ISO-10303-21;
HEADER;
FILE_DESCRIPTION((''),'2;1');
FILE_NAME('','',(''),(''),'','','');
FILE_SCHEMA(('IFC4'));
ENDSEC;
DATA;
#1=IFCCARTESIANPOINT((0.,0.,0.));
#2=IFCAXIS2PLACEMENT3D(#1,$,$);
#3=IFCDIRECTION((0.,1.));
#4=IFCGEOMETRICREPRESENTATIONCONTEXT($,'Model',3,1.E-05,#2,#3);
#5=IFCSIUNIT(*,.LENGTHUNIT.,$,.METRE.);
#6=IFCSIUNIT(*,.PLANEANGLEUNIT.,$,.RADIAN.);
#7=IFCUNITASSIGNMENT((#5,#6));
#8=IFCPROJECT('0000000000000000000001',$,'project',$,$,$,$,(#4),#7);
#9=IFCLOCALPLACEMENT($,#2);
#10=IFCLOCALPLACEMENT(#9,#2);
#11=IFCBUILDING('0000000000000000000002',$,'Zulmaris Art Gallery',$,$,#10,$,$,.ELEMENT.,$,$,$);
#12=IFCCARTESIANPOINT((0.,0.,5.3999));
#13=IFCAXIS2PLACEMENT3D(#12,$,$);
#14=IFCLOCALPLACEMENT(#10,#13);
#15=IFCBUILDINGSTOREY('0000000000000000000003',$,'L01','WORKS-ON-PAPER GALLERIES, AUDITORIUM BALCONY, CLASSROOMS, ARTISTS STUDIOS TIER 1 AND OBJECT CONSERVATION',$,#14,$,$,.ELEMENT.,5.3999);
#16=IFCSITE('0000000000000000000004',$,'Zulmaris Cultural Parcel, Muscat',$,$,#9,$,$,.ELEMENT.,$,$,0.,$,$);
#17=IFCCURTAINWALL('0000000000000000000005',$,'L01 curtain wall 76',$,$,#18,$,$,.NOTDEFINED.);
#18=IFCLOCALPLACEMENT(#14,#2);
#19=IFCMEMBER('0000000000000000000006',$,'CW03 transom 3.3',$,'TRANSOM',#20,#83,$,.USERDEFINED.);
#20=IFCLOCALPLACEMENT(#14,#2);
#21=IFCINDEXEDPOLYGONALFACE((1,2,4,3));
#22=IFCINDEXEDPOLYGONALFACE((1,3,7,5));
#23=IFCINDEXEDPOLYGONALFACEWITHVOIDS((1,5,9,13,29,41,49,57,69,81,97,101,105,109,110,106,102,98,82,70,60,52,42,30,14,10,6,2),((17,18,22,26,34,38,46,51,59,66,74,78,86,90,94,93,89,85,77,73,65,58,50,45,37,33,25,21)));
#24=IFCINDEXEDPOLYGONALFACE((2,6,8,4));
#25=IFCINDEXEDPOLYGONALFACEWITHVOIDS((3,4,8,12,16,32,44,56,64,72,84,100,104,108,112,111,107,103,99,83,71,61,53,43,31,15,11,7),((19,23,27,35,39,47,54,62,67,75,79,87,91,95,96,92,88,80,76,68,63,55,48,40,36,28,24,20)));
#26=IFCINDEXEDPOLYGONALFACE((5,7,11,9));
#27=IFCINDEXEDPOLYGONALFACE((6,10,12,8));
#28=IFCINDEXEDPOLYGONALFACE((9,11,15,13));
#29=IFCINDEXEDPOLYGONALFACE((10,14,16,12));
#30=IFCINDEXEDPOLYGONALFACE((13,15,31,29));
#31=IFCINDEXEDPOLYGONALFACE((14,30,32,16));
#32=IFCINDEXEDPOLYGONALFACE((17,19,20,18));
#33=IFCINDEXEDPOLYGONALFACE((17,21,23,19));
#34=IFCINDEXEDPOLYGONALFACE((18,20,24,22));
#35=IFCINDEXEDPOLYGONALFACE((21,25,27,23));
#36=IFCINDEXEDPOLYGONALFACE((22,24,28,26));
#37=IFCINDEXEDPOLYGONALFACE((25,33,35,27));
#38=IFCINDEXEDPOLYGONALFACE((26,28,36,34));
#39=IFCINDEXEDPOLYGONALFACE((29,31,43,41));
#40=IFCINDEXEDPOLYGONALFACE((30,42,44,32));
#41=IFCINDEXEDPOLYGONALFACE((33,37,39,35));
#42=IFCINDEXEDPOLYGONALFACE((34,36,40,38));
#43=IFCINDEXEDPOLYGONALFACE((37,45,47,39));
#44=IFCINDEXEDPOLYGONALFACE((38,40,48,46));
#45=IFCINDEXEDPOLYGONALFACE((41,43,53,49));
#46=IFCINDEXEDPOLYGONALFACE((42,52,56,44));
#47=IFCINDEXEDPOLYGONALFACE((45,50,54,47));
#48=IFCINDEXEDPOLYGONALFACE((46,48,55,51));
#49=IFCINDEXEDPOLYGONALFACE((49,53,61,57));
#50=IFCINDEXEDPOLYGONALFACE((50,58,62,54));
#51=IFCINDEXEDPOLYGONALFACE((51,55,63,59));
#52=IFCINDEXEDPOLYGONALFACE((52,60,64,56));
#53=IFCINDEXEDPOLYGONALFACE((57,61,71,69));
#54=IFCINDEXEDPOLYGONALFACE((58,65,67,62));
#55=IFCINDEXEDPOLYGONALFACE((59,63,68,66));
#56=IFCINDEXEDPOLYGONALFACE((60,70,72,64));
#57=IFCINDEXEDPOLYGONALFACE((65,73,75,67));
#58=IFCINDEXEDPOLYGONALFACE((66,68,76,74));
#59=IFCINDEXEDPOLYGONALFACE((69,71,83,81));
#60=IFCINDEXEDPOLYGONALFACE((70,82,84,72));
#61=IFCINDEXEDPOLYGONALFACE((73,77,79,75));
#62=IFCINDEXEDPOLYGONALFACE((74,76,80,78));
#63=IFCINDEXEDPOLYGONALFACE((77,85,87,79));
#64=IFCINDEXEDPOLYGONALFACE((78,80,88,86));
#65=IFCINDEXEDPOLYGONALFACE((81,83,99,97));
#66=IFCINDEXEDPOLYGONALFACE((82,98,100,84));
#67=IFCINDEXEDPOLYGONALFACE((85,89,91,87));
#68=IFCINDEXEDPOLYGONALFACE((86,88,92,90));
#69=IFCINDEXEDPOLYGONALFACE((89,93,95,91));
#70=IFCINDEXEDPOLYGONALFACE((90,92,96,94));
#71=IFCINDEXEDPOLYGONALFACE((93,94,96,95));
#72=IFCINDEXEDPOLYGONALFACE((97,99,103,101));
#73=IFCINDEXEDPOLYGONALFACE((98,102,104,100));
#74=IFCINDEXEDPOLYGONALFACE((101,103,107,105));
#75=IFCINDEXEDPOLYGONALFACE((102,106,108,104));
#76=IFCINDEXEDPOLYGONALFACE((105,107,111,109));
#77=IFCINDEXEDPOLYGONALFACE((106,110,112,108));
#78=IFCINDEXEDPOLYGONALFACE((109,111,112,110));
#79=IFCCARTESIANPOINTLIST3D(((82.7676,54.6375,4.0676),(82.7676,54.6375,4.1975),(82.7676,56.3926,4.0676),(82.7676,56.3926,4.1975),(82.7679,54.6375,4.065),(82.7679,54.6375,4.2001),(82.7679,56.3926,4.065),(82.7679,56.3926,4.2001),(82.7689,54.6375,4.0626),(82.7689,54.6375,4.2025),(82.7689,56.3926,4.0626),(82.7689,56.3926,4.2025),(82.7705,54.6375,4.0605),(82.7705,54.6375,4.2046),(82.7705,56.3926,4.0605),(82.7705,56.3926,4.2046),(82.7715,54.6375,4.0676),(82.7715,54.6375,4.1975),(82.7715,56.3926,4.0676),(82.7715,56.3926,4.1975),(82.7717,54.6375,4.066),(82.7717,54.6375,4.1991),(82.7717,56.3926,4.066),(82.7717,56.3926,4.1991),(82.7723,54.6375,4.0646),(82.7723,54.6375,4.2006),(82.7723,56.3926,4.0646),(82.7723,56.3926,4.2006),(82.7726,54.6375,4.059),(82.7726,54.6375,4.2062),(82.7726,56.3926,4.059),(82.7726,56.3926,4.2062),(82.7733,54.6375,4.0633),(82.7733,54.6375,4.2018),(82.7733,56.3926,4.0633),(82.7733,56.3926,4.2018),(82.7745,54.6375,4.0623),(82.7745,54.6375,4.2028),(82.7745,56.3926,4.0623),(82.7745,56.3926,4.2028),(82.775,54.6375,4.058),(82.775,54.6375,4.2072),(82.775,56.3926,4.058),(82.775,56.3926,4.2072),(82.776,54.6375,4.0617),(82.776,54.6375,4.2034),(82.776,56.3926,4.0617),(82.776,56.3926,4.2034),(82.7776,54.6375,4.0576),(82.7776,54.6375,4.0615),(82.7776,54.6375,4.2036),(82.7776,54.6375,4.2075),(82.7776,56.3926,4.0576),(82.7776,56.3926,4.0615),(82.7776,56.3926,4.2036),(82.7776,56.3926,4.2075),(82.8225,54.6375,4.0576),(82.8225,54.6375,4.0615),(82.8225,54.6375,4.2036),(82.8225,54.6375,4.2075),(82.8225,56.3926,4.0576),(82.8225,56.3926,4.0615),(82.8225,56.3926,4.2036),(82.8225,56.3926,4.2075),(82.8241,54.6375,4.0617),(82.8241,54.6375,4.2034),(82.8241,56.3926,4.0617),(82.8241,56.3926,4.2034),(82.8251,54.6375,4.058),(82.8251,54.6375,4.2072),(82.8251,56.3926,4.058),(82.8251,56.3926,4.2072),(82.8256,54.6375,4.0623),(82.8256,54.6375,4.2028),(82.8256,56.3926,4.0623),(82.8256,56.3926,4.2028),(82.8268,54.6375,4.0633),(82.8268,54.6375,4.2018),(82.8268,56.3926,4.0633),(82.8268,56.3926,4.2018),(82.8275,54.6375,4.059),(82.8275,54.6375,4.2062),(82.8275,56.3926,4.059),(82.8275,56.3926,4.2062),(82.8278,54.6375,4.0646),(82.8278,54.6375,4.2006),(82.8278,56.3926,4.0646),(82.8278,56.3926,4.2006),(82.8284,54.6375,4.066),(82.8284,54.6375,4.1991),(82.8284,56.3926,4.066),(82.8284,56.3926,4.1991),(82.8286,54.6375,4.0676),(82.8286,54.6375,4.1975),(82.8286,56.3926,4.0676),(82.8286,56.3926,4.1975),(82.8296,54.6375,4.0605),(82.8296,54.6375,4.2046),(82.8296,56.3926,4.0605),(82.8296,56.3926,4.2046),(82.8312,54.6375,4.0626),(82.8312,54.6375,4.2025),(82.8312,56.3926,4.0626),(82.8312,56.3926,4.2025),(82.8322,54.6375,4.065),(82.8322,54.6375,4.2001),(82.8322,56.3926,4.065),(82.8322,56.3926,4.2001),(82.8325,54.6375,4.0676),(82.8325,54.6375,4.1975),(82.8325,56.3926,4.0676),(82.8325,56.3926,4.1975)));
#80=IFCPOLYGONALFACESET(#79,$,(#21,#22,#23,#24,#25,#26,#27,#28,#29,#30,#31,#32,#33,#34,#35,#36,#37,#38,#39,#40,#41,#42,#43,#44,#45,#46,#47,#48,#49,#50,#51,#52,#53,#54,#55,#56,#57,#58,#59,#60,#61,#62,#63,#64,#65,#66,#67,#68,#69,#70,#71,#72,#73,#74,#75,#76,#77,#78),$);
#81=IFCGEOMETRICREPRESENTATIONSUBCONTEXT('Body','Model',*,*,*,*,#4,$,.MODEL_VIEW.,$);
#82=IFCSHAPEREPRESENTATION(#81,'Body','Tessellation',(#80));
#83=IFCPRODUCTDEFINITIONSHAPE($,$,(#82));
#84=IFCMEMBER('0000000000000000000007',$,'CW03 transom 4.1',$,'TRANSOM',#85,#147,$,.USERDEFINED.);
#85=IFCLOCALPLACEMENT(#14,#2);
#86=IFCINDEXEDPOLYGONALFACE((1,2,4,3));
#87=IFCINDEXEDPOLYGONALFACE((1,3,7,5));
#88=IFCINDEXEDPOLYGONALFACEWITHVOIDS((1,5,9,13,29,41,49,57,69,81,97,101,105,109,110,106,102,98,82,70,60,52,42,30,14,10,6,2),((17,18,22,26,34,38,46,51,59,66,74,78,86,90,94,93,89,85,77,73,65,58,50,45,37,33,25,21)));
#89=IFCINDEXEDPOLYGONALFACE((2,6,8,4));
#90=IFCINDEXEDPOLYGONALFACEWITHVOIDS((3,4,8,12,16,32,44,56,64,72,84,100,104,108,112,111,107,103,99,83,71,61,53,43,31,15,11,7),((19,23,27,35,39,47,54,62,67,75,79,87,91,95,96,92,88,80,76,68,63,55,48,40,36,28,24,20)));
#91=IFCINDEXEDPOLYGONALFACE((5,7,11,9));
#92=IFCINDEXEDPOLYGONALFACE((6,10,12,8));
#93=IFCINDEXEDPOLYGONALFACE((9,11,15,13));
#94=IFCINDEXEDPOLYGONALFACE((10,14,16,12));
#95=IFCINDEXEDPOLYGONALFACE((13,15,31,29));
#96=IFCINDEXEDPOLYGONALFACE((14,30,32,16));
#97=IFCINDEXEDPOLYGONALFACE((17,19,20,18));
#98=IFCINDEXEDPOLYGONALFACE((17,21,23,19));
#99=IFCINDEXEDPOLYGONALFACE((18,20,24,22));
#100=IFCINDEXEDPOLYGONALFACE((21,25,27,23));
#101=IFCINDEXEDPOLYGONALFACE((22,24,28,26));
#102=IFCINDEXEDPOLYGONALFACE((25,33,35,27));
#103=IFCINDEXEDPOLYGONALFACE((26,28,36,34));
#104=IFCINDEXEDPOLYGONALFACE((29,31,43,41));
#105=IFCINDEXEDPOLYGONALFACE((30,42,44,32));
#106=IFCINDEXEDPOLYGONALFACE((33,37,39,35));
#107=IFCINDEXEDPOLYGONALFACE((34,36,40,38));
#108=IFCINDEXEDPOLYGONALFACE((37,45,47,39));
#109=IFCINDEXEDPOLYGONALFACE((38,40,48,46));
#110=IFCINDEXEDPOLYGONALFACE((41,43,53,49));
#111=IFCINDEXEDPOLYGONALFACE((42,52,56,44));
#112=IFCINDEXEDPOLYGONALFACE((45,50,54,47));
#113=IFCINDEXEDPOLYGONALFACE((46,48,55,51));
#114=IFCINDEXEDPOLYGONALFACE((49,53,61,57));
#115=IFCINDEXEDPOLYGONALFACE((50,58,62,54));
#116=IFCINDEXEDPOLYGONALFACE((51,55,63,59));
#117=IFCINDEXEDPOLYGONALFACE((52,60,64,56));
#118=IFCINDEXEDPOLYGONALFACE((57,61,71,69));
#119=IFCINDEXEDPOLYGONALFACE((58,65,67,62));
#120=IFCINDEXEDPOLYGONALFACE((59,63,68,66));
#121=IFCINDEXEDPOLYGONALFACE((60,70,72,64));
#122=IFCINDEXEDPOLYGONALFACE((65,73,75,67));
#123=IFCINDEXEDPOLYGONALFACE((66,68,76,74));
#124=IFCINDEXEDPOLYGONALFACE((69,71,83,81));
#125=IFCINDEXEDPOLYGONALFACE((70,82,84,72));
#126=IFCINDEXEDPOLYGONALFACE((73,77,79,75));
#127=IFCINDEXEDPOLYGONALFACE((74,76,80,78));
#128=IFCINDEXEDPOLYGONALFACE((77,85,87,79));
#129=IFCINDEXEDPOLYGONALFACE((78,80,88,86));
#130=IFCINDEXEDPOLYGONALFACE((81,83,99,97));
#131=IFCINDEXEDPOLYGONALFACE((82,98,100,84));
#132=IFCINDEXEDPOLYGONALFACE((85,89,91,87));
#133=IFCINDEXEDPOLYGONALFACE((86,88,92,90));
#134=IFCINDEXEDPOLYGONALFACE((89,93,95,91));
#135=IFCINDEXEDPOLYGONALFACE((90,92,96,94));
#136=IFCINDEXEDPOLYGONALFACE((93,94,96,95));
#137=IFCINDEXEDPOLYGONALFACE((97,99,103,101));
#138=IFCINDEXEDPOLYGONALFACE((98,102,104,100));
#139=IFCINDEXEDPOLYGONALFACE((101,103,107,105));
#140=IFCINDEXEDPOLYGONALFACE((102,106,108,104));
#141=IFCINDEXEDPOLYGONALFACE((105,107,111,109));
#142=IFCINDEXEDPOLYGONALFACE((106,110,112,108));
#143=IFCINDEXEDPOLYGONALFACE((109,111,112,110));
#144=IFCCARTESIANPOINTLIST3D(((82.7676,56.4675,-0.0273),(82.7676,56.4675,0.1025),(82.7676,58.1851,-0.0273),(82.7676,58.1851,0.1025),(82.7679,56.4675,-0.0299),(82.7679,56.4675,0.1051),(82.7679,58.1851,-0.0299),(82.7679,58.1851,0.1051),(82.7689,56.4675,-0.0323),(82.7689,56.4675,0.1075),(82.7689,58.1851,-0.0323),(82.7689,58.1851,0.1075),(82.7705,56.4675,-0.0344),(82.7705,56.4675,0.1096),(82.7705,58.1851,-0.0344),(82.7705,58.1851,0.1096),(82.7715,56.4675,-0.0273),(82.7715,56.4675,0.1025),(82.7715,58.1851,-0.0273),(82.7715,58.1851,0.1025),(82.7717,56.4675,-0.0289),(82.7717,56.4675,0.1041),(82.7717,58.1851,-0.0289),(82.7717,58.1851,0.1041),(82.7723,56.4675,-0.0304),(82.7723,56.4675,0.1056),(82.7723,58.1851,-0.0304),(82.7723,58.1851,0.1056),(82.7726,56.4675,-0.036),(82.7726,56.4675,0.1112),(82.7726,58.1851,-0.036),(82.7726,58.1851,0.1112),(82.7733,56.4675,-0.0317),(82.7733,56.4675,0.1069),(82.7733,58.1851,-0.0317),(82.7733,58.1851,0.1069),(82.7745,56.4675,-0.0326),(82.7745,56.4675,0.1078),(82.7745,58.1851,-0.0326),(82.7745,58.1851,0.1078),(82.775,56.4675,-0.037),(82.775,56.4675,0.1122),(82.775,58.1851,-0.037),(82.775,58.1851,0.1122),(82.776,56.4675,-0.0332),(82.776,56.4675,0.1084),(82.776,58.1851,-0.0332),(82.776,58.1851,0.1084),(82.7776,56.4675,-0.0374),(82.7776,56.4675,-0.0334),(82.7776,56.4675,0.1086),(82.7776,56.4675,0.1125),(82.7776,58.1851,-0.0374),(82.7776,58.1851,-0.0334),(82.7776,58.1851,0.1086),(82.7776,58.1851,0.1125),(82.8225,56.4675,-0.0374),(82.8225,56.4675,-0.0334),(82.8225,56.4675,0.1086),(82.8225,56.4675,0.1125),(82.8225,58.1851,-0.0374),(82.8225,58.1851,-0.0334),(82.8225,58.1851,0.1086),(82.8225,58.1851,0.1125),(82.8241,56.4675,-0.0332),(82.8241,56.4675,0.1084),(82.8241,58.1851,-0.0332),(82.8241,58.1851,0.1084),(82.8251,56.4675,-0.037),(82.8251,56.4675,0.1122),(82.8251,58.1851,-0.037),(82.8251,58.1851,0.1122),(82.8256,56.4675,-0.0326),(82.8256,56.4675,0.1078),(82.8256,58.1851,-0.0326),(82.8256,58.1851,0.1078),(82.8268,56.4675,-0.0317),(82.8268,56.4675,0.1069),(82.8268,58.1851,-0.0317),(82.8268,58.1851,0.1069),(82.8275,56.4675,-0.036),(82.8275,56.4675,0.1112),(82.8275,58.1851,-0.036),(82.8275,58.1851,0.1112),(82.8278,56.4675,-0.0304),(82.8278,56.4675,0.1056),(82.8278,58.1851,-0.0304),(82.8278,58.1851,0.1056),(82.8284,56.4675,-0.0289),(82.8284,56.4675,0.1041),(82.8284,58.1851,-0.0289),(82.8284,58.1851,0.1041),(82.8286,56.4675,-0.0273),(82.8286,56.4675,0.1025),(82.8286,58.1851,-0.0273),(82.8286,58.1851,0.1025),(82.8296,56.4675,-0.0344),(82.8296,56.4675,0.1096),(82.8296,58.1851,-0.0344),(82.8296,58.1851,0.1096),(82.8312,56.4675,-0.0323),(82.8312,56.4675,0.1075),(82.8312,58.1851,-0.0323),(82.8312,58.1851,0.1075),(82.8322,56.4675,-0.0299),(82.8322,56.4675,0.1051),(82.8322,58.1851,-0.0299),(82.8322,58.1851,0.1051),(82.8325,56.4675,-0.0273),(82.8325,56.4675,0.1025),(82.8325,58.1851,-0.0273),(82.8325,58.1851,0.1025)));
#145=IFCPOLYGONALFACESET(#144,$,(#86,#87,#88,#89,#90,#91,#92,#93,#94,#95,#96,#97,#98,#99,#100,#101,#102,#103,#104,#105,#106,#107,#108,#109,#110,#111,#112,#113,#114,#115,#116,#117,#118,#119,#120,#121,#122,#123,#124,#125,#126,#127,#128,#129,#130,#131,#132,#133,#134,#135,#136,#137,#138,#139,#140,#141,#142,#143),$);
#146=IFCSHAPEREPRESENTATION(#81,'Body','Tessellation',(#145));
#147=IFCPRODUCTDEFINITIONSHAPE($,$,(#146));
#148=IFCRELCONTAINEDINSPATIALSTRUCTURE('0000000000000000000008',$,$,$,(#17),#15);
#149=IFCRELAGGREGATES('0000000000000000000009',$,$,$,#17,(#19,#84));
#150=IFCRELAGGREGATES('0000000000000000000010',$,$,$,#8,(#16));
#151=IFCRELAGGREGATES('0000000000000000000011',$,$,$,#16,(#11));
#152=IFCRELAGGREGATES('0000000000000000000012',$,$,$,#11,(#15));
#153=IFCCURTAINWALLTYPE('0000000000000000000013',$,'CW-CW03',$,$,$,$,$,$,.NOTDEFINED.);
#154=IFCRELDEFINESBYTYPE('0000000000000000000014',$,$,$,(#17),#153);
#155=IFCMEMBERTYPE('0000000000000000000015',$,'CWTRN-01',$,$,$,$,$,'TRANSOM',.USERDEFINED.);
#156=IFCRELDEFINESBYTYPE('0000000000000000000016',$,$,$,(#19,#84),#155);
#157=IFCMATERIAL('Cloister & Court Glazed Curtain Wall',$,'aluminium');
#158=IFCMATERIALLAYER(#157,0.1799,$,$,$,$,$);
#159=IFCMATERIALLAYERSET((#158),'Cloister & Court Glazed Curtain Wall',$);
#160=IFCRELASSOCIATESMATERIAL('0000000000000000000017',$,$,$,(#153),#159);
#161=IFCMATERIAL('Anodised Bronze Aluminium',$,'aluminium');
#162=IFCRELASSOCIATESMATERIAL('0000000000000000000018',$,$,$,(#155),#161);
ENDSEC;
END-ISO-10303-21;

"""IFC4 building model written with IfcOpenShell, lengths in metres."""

from ifc_helpers import new_model, si_unit, direction, frame, origin, origin_2d, place, context, subcontext, project, spatial, hollow_rectangle, extrude, material, layer, layer_set, material_profile, profile_set, type_object, element, aggregate, save


model = new_model("IFC4")

# Units and contexts
model_context = context("Model", 3, precision=1e-05, world=origin(), true_north=direction((0.0, 1.0)))
body_context = subcontext(model_context, "Body", "Model", "MODEL_VIEW")
ifc_project = project(units=[si_unit("LENGTHUNIT", "METRE"), si_unit("PLANEANGLEUNIT", "RADIAN")], contexts=[model_context])

# Site, building, storey
site_placement = place(None, origin())
site = spatial("IfcSite", under=ifc_project, at=site_placement, Name="Zulmaris Cultural Parcel, Muscat", CompositionType="ELEMENT", RefElevation=0.0)
building_placement = place(site_placement, origin())
building = spatial("IfcBuilding", under=site, at=building_placement, Name="Zulmaris Art Gallery", CompositionType="ELEMENT")
storey_placement = place(building_placement, frame((0.0, 0.0, 5.3999)))
storey = spatial("IfcBuildingStorey", under=building, at=storey_placement, Name="L01", Description="WORKS-ON-PAPER GALLERIES, AUDITORIUM BALCONY, CLASSROOMS, ARTISTS STUDIOS TIER 1 AND OBJECT CONSERVATION", CompositionType="ELEMENT", Elevation=5.3999)

# Curtain wall
ifc_material_1 = material(Name="Cloister & Court Glazed Curtain Wall", Category="aluminium")
ifc_layer_1 = layer(ifc_material_1, 0.1799)
ifc_layer_set_1 = layer_set([ifc_layer_1], Name="Cloister & Court Glazed Curtain Wall")
curtain_wall_type = type_object("IfcCurtainWallType", Name="CW-CW03", PredefinedType="NOTDEFINED", material=ifc_layer_set_1)
curtain_wall_1_placement = place(storey_placement, origin())
curtain_wall_1 = element("IfcCurtainWall", 1, at=curtain_wall_1_placement, inside=storey, type_object=curtain_wall_type, Name="L01 curtain wall 76", PredefinedType="NOTDEFINED")
ifc_material_2 = material(Name="Anodised Bronze Aluminium", Category="aluminium")

# Members
ifc_material_profile_1 = material_profile(ifc_material_2, hollow_rectangle(XDim=0.0649, YDim=0.1499, WallThickness=0.0039, InnerFilletRadius=0.0061, OuterFilletRadius=0.01, at=origin_2d()), Name="ALU 65x150x4")
ifc_profile_set_1 = profile_set([ifc_material_profile_1], Name="Anodised Bronze Aluminium")
member_type_1 = type_object("IfcMemberType", Name="CWTRN-01", ElementType="TRANSOM", PredefinedType="USERDEFINED", material=ifc_profile_set_1)
member_1_placement = place(storey_placement, frame((82.8, 54.6375, 4.1326), z_axis=(0.0, 1.0, 0.0), x_axis=(-1.0, 0.0, 0.0)))
member_1 = element("IfcMember", 2, at=member_1_placement, type_object=member_type_1, Name="CW03 transom 3.3", ObjectType="TRANSOM", PredefinedType="USERDEFINED", context=body_context, shape_type="SweptSolid", body=[
    extrude(hollow_rectangle(XDim=0.0649, YDim=0.1499, WallThickness=0.0039, InnerFilletRadius=0.0061, OuterFilletRadius=0.01, at=origin_2d()), origin(), (0.0, 0.0, 1.0), 1.7551),
])
member_2_placement = place(storey_placement, frame((82.8, 56.4675, 0.0376), z_axis=(0.0, 1.0, 0.0), x_axis=(-1.0, 0.0, 0.0)))
member_2 = element("IfcMember", 3, at=member_2_placement, type_object=member_type_1, Name="CW03 transom 4.1", ObjectType="TRANSOM", PredefinedType="USERDEFINED", context=body_context, shape_type="SweptSolid", body=[
    extrude(hollow_rectangle(XDim=0.0649, YDim=0.1499, WallThickness=0.0039, InnerFilletRadius=0.0061, OuterFilletRadius=0.01, at=origin_2d()), origin(), (0.0, 0.0, 1.0), 1.7175),
])

aggregate(curtain_wall_1, [member_1, member_2])

save(model, "model.ifc")
